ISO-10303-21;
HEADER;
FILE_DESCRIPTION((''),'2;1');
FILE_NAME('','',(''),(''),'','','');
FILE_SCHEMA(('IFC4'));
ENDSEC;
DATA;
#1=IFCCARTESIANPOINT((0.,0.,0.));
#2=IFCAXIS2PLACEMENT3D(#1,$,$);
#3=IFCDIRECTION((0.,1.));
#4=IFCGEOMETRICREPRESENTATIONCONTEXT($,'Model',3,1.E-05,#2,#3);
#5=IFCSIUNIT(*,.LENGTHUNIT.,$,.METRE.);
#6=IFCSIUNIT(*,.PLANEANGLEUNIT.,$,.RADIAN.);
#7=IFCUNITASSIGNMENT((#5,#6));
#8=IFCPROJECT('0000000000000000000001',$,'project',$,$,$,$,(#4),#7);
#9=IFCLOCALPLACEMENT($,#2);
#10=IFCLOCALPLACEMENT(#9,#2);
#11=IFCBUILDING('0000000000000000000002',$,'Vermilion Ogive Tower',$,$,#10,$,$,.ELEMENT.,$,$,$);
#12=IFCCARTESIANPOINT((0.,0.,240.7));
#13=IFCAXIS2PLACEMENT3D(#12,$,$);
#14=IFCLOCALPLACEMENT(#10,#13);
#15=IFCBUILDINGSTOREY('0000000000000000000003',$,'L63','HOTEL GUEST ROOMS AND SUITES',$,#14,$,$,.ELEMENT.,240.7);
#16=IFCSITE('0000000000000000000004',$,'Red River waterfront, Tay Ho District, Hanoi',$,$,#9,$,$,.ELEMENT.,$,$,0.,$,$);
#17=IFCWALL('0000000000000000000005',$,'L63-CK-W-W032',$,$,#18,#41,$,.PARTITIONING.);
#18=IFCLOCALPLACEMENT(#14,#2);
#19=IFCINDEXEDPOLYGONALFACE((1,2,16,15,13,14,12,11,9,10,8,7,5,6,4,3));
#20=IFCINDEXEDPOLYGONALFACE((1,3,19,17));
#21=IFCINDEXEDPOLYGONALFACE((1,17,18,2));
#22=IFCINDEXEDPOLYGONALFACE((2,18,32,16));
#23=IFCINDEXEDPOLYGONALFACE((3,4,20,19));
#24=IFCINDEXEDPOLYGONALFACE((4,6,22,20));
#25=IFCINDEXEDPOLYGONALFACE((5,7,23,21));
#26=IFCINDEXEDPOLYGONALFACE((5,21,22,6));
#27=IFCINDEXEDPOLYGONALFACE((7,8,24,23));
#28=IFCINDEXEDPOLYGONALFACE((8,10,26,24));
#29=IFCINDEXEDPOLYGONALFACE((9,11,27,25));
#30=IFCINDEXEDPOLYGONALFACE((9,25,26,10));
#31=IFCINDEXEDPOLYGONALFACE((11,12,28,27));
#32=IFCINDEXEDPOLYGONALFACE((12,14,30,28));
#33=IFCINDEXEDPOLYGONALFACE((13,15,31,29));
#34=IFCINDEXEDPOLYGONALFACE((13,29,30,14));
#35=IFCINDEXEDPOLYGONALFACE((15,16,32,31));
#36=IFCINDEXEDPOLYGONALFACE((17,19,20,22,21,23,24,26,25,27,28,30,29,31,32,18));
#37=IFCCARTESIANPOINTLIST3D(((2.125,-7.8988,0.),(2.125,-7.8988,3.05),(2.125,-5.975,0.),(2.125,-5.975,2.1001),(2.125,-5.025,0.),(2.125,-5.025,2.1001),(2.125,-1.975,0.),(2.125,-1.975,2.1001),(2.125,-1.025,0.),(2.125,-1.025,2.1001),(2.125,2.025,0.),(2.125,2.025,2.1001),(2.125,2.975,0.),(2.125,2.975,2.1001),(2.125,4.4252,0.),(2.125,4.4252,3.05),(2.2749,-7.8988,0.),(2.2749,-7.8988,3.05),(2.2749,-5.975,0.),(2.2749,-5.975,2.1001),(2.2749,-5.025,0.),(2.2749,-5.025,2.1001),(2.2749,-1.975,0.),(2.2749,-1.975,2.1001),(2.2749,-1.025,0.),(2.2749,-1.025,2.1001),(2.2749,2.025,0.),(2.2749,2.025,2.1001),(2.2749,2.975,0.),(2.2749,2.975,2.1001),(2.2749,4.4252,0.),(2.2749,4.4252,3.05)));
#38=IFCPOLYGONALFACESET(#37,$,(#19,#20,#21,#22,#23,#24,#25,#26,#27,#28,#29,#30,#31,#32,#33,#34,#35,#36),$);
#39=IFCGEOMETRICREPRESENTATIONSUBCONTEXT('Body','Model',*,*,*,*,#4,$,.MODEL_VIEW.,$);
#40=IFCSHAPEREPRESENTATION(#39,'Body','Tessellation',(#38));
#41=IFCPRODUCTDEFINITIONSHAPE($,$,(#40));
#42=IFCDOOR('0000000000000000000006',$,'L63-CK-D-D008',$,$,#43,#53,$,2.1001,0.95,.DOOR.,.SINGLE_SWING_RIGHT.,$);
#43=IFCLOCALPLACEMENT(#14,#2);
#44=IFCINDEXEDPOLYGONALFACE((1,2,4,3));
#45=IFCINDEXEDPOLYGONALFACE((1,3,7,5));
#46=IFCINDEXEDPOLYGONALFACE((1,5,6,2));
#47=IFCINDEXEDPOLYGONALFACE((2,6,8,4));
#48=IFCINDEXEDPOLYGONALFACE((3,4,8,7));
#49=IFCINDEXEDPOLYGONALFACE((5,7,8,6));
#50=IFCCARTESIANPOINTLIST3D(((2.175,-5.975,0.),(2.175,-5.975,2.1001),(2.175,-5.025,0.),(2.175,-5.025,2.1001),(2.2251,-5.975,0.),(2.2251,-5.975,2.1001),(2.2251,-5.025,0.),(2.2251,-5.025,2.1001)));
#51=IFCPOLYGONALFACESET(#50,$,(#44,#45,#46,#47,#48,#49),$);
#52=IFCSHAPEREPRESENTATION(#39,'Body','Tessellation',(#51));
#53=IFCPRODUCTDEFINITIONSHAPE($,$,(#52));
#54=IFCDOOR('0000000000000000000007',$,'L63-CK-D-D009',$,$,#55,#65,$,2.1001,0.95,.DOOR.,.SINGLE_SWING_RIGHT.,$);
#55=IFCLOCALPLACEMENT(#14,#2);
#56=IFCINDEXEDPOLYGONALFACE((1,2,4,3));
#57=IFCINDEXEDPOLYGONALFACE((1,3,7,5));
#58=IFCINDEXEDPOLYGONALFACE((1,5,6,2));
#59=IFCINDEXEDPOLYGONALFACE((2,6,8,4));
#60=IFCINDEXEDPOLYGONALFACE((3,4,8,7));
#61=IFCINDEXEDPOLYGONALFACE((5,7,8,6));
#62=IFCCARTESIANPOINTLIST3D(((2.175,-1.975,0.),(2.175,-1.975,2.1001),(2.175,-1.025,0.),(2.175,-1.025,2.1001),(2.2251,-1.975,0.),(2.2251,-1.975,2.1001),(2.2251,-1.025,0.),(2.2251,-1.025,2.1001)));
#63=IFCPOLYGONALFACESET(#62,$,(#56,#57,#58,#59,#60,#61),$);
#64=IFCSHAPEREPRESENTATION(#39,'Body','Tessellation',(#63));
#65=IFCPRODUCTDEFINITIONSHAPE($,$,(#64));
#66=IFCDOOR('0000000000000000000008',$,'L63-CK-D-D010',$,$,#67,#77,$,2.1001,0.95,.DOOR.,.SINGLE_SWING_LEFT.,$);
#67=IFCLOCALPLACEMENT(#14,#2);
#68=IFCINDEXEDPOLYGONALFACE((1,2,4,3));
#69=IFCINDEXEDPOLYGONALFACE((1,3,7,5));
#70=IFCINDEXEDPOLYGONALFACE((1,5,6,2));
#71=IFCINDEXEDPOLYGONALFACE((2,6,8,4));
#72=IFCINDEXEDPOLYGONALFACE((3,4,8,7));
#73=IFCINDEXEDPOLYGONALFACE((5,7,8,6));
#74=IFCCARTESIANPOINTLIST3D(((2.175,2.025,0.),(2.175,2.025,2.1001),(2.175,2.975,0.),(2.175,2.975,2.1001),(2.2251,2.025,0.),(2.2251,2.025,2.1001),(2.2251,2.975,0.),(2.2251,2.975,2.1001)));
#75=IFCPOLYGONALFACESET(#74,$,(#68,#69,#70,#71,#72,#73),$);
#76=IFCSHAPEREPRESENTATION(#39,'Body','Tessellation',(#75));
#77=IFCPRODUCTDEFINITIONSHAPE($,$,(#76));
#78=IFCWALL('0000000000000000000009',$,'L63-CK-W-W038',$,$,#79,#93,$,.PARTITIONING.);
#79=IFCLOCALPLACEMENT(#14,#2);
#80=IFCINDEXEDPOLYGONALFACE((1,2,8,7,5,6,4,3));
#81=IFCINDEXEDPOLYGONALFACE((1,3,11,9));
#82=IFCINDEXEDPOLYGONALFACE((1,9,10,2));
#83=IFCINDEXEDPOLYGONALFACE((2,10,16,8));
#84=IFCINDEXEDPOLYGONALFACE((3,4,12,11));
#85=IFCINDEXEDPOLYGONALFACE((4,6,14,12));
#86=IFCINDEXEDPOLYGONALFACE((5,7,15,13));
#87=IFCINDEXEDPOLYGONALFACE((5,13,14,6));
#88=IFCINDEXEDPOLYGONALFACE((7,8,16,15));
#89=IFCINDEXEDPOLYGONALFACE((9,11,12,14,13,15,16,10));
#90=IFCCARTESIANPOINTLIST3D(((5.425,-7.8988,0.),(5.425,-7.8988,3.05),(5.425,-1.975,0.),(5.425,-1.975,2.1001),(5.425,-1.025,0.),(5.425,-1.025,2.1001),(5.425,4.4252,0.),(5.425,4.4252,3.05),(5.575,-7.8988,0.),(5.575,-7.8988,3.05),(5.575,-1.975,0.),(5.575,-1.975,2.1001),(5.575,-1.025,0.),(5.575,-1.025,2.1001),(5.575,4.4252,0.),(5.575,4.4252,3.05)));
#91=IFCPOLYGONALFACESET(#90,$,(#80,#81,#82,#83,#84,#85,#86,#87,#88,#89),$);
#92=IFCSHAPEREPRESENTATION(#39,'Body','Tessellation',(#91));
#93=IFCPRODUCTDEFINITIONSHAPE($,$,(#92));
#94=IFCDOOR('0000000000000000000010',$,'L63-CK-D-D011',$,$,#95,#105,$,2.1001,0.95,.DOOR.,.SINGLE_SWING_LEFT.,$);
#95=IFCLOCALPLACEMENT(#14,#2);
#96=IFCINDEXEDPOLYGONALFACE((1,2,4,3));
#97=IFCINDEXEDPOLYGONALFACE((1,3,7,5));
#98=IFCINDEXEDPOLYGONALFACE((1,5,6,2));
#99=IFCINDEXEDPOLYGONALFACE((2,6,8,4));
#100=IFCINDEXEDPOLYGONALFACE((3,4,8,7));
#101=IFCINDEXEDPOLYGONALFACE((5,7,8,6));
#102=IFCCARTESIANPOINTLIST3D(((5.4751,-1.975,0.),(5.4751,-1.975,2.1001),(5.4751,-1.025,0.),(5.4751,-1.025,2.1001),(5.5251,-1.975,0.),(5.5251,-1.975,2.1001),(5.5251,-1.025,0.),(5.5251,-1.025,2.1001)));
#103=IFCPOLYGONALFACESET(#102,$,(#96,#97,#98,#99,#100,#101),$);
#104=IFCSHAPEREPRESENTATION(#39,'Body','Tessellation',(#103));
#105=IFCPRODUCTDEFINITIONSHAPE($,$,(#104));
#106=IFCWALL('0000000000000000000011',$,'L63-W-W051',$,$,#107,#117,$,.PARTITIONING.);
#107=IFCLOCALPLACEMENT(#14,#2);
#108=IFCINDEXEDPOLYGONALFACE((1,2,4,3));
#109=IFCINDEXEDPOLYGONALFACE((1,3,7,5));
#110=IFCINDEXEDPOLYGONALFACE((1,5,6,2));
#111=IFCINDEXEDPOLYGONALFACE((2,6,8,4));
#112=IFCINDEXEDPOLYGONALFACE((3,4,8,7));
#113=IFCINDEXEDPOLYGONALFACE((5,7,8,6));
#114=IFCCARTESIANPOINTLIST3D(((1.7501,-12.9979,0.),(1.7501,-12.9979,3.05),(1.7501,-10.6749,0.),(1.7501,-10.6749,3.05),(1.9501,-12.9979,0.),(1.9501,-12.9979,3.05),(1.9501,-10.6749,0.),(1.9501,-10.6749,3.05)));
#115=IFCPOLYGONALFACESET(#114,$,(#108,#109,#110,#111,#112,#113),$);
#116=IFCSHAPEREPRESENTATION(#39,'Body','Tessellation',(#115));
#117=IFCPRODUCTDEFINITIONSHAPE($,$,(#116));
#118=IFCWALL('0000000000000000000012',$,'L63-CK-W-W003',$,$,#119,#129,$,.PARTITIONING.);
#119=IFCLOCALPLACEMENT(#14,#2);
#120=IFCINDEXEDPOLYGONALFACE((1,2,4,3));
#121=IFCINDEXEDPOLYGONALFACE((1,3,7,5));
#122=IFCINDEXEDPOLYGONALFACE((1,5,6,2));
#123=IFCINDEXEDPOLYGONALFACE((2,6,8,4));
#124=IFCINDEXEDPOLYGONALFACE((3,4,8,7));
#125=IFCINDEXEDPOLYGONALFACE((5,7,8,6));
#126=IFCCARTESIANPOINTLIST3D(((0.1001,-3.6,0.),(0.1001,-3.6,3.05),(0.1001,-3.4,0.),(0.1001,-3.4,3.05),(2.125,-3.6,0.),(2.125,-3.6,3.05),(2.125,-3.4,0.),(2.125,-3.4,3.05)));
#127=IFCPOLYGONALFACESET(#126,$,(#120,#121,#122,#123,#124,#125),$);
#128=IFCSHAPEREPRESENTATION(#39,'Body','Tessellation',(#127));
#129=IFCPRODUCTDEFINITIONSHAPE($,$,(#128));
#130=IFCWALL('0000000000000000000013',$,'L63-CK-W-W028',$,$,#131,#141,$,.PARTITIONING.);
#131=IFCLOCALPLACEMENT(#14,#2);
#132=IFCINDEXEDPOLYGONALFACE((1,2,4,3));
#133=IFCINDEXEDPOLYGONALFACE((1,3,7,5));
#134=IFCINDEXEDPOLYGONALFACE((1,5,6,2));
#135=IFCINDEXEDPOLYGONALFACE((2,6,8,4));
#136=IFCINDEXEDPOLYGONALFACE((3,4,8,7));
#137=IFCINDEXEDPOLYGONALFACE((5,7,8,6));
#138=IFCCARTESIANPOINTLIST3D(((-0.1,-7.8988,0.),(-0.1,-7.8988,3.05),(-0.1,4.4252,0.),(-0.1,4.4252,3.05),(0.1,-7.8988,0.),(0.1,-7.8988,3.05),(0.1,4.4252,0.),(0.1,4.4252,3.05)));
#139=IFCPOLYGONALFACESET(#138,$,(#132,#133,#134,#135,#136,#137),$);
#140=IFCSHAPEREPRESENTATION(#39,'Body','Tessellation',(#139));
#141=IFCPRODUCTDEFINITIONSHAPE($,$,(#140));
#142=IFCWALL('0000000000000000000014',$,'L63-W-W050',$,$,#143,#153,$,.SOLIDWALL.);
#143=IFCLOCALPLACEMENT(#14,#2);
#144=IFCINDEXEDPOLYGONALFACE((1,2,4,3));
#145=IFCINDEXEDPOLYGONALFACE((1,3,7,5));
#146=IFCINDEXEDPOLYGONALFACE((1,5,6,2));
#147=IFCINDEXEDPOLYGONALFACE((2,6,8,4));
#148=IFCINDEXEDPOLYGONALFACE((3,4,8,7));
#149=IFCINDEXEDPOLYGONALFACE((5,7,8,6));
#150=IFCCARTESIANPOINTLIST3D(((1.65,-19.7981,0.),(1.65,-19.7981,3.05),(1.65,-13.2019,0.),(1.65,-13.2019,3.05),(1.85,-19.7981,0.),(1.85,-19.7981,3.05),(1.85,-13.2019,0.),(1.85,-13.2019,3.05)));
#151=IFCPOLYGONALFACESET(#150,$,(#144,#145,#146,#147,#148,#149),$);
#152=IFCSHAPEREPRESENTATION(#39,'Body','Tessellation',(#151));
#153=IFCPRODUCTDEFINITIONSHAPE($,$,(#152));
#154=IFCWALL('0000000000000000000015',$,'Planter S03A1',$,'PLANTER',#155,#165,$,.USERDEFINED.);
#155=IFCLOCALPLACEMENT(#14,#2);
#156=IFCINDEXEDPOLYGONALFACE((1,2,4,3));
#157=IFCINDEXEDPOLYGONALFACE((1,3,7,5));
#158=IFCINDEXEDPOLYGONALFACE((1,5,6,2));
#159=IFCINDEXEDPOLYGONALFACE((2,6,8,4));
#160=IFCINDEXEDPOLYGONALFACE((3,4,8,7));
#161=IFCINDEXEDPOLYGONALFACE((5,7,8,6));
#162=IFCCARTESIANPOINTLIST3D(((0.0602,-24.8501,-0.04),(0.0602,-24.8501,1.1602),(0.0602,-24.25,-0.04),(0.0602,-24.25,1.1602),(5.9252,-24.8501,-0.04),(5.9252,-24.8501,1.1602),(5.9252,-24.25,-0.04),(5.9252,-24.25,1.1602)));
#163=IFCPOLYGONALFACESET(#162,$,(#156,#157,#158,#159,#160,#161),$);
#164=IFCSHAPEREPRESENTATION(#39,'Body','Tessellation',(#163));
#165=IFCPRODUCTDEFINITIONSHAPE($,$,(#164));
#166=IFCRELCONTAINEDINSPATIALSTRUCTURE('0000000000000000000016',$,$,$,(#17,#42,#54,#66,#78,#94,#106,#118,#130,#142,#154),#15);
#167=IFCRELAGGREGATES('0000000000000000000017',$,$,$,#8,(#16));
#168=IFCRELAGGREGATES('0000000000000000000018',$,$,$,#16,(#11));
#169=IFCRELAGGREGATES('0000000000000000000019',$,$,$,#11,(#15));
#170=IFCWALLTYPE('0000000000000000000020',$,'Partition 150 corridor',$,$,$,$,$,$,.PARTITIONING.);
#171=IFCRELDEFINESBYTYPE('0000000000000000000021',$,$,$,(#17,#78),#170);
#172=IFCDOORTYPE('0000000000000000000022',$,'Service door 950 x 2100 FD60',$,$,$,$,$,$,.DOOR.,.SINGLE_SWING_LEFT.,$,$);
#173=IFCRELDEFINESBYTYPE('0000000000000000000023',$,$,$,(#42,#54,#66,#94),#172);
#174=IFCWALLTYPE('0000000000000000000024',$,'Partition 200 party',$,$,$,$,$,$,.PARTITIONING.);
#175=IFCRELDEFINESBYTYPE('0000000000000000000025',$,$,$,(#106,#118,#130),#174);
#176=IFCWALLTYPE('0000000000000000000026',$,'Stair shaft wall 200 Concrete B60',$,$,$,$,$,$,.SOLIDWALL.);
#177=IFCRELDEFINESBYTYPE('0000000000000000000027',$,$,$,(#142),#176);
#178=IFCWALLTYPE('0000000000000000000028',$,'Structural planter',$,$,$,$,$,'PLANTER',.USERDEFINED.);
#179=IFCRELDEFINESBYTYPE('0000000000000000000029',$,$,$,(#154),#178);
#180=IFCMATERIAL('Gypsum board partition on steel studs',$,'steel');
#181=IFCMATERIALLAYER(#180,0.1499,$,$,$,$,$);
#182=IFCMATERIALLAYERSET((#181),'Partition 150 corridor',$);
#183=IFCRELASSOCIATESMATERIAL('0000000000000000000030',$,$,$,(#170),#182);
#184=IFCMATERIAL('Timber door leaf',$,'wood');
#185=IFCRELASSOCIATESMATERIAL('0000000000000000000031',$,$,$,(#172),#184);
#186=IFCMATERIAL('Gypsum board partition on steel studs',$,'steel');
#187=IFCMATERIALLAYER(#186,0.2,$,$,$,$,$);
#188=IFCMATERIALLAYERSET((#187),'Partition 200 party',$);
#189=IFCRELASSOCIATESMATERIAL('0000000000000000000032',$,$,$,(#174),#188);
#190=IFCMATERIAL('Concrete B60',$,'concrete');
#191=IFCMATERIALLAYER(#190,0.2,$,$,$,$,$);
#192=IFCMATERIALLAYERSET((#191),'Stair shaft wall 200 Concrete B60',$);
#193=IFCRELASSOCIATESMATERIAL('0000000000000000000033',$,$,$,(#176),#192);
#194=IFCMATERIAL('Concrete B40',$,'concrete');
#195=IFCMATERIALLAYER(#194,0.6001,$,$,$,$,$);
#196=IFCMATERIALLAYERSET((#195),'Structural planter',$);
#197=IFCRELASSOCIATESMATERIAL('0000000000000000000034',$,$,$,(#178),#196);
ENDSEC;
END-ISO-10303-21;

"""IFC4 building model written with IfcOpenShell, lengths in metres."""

from ifc_helpers import new_model, si_unit, direction, frame, frame_2d, origin, place, context, subcontext, project, spatial, rectangle, extrude, material, layer, layer_set, type_object, element, fill, save


model = new_model("IFC4")

# Units and contexts
model_context = context("Model", 3, precision=1e-05, world=origin(), true_north=direction((0.0, 1.0)))
body_context = subcontext(model_context, "Body", "Model", "MODEL_VIEW")
ifc_project = project(units=[si_unit("LENGTHUNIT", "METRE"), si_unit("PLANEANGLEUNIT", "RADIAN")], contexts=[model_context])

# Site, building, storey
site_placement = place(None, origin())
site = spatial("IfcSite", under=ifc_project, at=site_placement, Name="Red River waterfront, Tay Ho District, Hanoi", CompositionType="ELEMENT", RefElevation=0.0)
building_placement = place(site_placement, origin())
building = spatial("IfcBuilding", under=site, at=building_placement, Name="Vermilion Ogive Tower", CompositionType="ELEMENT")
storey_placement = place(building_placement, frame((0.0, 0.0, 240.7)))
storey = spatial("IfcBuildingStorey", under=building, at=storey_placement, Name="L63", Description="HOTEL GUEST ROOMS AND SUITES", CompositionType="ELEMENT", Elevation=240.7)

# Wall, openings, doors
ifc_material_1 = material(Name="Gypsum board partition on steel studs", Category="steel")
ifc_layer_1 = layer(ifc_material_1, 0.1499)
ifc_layer_set_1 = layer_set([ifc_layer_1], Name="Partition 150 corridor")
wall_type_1 = type_object("IfcWallType", Name="Partition 150 corridor", PredefinedType="PARTITIONING", material=ifc_layer_set_1)
wall_1_placement = place(storey_placement, frame((2.2, -7.8989, 0.0), z_axis=(0.0, 0.0, 1.0), x_axis=(0.0, 1.0, 0.0)))
wall_1 = element("IfcWall", 1, at=wall_1_placement, inside=storey, type_object=wall_type_1, Name="L63-CK-W-W032", PredefinedType="PARTITIONING", context=body_context, shape_type="SweptSolid", body=[
    extrude(rectangle(XDim=12.324, YDim=0.1499, at=frame_2d((6.1621, 0.0))), origin(), (0.0, 0.0, 1.0), 3.05),
])
opening_1_placement = place(wall_1_placement, frame((1.9238, 0.0, 0.0)))
opening_1 = element("IfcOpeningElement", 2, at=opening_1_placement, cuts=wall_1, PredefinedType="OPENING", context=body_context, shape_type="SweptSolid", body=[
    extrude(rectangle(XDim=0.95, YDim=2.1001, at=frame_2d((0.4751, 1.05))), frame((0.0, 0.085, 0.0), z_axis=(0.0, -1.0, 0.0), x_axis=(1.0, 0.0, 0.0)), (0.0, 0.0, 1.0), 0.1699),
])
opening_2_placement = place(wall_1_placement, frame((5.9238, 0.0, 0.0)))
opening_2 = element("IfcOpeningElement", 3, at=opening_2_placement, cuts=wall_1, PredefinedType="OPENING", context=body_context, shape_type="SweptSolid", body=[
    extrude(rectangle(XDim=0.95, YDim=2.1001, at=frame_2d((0.4751, 1.05))), frame((0.0, 0.085, 0.0), z_axis=(0.0, -1.0, 0.0), x_axis=(1.0, 0.0, 0.0)), (0.0, 0.0, 1.0), 0.1699),
])
opening_3_placement = place(wall_1_placement, frame((9.9238, 0.0, 0.0)))
opening_3 = element("IfcOpeningElement", 4, at=opening_3_placement, cuts=wall_1, PredefinedType="OPENING", context=body_context, shape_type="SweptSolid", body=[
    extrude(rectangle(XDim=0.95, YDim=2.1001, at=frame_2d((0.4751, 1.05))), frame((0.0, 0.085, 0.0), z_axis=(0.0, -1.0, 0.0), x_axis=(1.0, 0.0, 0.0)), (0.0, 0.0, 1.0), 0.1699),
])
ifc_material_2 = material(Name="Timber door leaf", Category="wood")
door_type_1 = type_object("IfcDoorType", Name="Service door 950 x 2100 FD60", OperationType="SINGLE_SWING_LEFT", PredefinedType="DOOR", material=ifc_material_2)
door_1_placement = place(opening_1_placement, origin())
door_1 = element("IfcDoor", 5, at=door_1_placement, inside=storey, type_object=door_type_1, Name="L63-CK-D-D008", OperationType="SINGLE_SWING_RIGHT", OverallHeight=2.1001, OverallWidth=0.95, PredefinedType="DOOR", context=body_context, shape_type="SweptSolid", body=[
    extrude(rectangle(XDim=0.95, YDim=2.1001, at=frame_2d((0.4751, 1.05))), frame((0.0, 0.0249, 0.0), z_axis=(0.0, -1.0, 0.0), x_axis=(1.0, 0.0, 0.0)), (0.0, 0.0, 1.0), 0.05),
])
fill(opening_1, door_1)
door_2_placement = place(opening_2_placement, origin())
door_2 = element("IfcDoor", 6, at=door_2_placement, inside=storey, type_object=door_type_1, Name="L63-CK-D-D009", OperationType="SINGLE_SWING_RIGHT", OverallHeight=2.1001, OverallWidth=0.95, PredefinedType="DOOR", context=body_context, shape_type="SweptSolid", body=[
    extrude(rectangle(XDim=0.95, YDim=2.1001, at=frame_2d((0.4751, 1.05))), frame((0.0, 0.0249, 0.0), z_axis=(0.0, -1.0, 0.0), x_axis=(1.0, 0.0, 0.0)), (0.0, 0.0, 1.0), 0.05),
])
fill(opening_2, door_2)
door_3_placement = place(opening_3_placement, origin())
door_3 = element("IfcDoor", 7, at=door_3_placement, inside=storey, type_object=door_type_1, Name="L63-CK-D-D010", OperationType="SINGLE_SWING_LEFT", OverallHeight=2.1001, OverallWidth=0.95, PredefinedType="DOOR", context=body_context, shape_type="SweptSolid", body=[
    extrude(rectangle(XDim=0.95, YDim=2.1001, at=frame_2d((0.4751, 1.05))), frame((0.0, 0.0249, 0.0), z_axis=(0.0, -1.0, 0.0), x_axis=(1.0, 0.0, 0.0)), (0.0, 0.0, 1.0), 0.05),
])
fill(opening_3, door_3)

# Wall, opening, door
wall_2_placement = place(storey_placement, frame((5.5, -7.8989, 0.0), z_axis=(0.0, 0.0, 1.0), x_axis=(0.0, 1.0, 0.0)))
wall_2 = element("IfcWall", 8, at=wall_2_placement, inside=storey, type_object=wall_type_1, Name="L63-CK-W-W038", PredefinedType="PARTITIONING", context=body_context, shape_type="SweptSolid", body=[
    extrude(rectangle(XDim=12.324, YDim=0.1499, at=frame_2d((6.1621, 0.0))), origin(), (0.0, 0.0, 1.0), 3.05),
])
opening_4_placement = place(wall_2_placement, frame((5.9238, 0.0, 0.0)))
opening_4 = element("IfcOpeningElement", 9, at=opening_4_placement, cuts=wall_2, PredefinedType="OPENING", context=body_context, shape_type="SweptSolid", body=[
    extrude(rectangle(XDim=0.95, YDim=2.1001, at=frame_2d((0.4751, 1.05))), frame((0.0, 0.085, 0.0), z_axis=(0.0, -1.0, 0.0), x_axis=(1.0, 0.0, 0.0)), (0.0, 0.0, 1.0), 0.1699),
])
door_4_placement = place(opening_4_placement, origin())
door_4 = element("IfcDoor", 10, at=door_4_placement, inside=storey, type_object=door_type_1, Name="L63-CK-D-D011", OperationType="SINGLE_SWING_LEFT", OverallHeight=2.1001, OverallWidth=0.95, PredefinedType="DOOR", context=body_context, shape_type="SweptSolid", body=[
    extrude(rectangle(XDim=0.95, YDim=2.1001, at=frame_2d((0.4751, 1.05))), frame((0.0, 0.0249, 0.0), z_axis=(0.0, -1.0, 0.0), x_axis=(1.0, 0.0, 0.0)), (0.0, 0.0, 1.0), 0.05),
])
fill(opening_4, door_4)

# Walls
ifc_material_3 = material(Name="Gypsum board partition on steel studs", Category="steel")
ifc_layer_2 = layer(ifc_material_3, 0.2)
ifc_layer_set_2 = layer_set([ifc_layer_2], Name="Partition 200 party")
wall_type_2 = type_object("IfcWallType", Name="Partition 200 party", PredefinedType="PARTITIONING", material=ifc_layer_set_2)
wall_3_placement = place(storey_placement, frame((1.8501, -12.998, 0.0), z_axis=(0.0, 0.0, 1.0), x_axis=(0.0, 1.0, 0.0)))
element("IfcWall", 11, at=wall_3_placement, inside=storey, type_object=wall_type_2, Name="L63-W-W051", PredefinedType="PARTITIONING", context=body_context, shape_type="SweptSolid", body=[
    extrude(rectangle(XDim=2.323, YDim=0.2, at=frame_2d((1.1616, 0.0))), origin(), (0.0, 0.0, 1.0), 3.05),
])
wall_4_placement = place(storey_placement, frame((0.1001, -3.5, 0.0), z_axis=(0.0, 0.0, 1.0), x_axis=(1.0, 0.0, 0.0)))
element("IfcWall", 12, at=wall_4_placement, inside=storey, type_object=wall_type_2, Name="L63-CK-W-W003", PredefinedType="PARTITIONING", context=body_context, shape_type="SweptSolid", body=[
    extrude(rectangle(XDim=2.0249, YDim=0.2, at=frame_2d((1.0125, 0.0))), origin(), (0.0, 0.0, 1.0), 3.05),
])
wall_5_placement = place(storey_placement, frame((0.0, -7.8989, 0.0), z_axis=(0.0, 0.0, 1.0), x_axis=(0.0, 1.0, 0.0)))
element("IfcWall", 13, at=wall_5_placement, inside=storey, type_object=wall_type_2, Name="L63-CK-W-W028", PredefinedType="PARTITIONING", context=body_context, shape_type="SweptSolid", body=[
    extrude(rectangle(XDim=12.324, YDim=0.2, at=frame_2d((6.1621, 0.0))), origin(), (0.0, 0.0, 1.0), 3.05),
])
ifc_material_4 = material(Name="Concrete B60", Category="concrete")
ifc_layer_3 = layer(ifc_material_4, 0.2)
ifc_layer_set_3 = layer_set([ifc_layer_3], Name="Stair shaft wall 200 Concrete B60")
wall_type_3 = type_object("IfcWallType", Name="Stair shaft wall 200 Concrete B60", PredefinedType="SOLIDWALL", material=ifc_layer_set_3)
wall_6_placement = place(storey_placement, frame((1.75, -19.7981, 0.0), z_axis=(0.0, 0.0, 1.0), x_axis=(0.0, 1.0, 0.0)))
element("IfcWall", 14, at=wall_6_placement, inside=storey, type_object=wall_type_3, Name="L63-W-W050", PredefinedType="SOLIDWALL", context=body_context, shape_type="SweptSolid", body=[
    extrude(rectangle(XDim=6.5962, YDim=0.2, at=frame_2d((3.2981, 0.0))), origin(), (0.0, 0.0, 1.0), 3.05),
])
ifc_material_5 = material(Name="Concrete B40", Category="concrete")
ifc_layer_4 = layer(ifc_material_5, 0.6001)
ifc_layer_set_4 = layer_set([ifc_layer_4], Name="Structural planter")
wall_type_4 = type_object("IfcWallType", Name="Structural planter", ElementType="PLANTER", PredefinedType="USERDEFINED", material=ifc_layer_set_4)
wall_7_placement = place(storey_placement, frame((0.0601, -24.55, -0.04), z_axis=(0.0, 0.0, 1.0), x_axis=(1.0, 0.0, 0.0)))
element("IfcWall", 15, at=wall_7_placement, inside=storey, type_object=wall_type_4, Name="Planter S03A1", ObjectType="PLANTER", PredefinedType="USERDEFINED", context=body_context, shape_type="SweptSolid", body=[
    extrude(rectangle(XDim=5.865, YDim=0.6001, at=frame_2d((2.9326, 0.0))), origin(), (0.0, 0.0, 1.0), 1.2002),
])

save(model, "model.ifc")
